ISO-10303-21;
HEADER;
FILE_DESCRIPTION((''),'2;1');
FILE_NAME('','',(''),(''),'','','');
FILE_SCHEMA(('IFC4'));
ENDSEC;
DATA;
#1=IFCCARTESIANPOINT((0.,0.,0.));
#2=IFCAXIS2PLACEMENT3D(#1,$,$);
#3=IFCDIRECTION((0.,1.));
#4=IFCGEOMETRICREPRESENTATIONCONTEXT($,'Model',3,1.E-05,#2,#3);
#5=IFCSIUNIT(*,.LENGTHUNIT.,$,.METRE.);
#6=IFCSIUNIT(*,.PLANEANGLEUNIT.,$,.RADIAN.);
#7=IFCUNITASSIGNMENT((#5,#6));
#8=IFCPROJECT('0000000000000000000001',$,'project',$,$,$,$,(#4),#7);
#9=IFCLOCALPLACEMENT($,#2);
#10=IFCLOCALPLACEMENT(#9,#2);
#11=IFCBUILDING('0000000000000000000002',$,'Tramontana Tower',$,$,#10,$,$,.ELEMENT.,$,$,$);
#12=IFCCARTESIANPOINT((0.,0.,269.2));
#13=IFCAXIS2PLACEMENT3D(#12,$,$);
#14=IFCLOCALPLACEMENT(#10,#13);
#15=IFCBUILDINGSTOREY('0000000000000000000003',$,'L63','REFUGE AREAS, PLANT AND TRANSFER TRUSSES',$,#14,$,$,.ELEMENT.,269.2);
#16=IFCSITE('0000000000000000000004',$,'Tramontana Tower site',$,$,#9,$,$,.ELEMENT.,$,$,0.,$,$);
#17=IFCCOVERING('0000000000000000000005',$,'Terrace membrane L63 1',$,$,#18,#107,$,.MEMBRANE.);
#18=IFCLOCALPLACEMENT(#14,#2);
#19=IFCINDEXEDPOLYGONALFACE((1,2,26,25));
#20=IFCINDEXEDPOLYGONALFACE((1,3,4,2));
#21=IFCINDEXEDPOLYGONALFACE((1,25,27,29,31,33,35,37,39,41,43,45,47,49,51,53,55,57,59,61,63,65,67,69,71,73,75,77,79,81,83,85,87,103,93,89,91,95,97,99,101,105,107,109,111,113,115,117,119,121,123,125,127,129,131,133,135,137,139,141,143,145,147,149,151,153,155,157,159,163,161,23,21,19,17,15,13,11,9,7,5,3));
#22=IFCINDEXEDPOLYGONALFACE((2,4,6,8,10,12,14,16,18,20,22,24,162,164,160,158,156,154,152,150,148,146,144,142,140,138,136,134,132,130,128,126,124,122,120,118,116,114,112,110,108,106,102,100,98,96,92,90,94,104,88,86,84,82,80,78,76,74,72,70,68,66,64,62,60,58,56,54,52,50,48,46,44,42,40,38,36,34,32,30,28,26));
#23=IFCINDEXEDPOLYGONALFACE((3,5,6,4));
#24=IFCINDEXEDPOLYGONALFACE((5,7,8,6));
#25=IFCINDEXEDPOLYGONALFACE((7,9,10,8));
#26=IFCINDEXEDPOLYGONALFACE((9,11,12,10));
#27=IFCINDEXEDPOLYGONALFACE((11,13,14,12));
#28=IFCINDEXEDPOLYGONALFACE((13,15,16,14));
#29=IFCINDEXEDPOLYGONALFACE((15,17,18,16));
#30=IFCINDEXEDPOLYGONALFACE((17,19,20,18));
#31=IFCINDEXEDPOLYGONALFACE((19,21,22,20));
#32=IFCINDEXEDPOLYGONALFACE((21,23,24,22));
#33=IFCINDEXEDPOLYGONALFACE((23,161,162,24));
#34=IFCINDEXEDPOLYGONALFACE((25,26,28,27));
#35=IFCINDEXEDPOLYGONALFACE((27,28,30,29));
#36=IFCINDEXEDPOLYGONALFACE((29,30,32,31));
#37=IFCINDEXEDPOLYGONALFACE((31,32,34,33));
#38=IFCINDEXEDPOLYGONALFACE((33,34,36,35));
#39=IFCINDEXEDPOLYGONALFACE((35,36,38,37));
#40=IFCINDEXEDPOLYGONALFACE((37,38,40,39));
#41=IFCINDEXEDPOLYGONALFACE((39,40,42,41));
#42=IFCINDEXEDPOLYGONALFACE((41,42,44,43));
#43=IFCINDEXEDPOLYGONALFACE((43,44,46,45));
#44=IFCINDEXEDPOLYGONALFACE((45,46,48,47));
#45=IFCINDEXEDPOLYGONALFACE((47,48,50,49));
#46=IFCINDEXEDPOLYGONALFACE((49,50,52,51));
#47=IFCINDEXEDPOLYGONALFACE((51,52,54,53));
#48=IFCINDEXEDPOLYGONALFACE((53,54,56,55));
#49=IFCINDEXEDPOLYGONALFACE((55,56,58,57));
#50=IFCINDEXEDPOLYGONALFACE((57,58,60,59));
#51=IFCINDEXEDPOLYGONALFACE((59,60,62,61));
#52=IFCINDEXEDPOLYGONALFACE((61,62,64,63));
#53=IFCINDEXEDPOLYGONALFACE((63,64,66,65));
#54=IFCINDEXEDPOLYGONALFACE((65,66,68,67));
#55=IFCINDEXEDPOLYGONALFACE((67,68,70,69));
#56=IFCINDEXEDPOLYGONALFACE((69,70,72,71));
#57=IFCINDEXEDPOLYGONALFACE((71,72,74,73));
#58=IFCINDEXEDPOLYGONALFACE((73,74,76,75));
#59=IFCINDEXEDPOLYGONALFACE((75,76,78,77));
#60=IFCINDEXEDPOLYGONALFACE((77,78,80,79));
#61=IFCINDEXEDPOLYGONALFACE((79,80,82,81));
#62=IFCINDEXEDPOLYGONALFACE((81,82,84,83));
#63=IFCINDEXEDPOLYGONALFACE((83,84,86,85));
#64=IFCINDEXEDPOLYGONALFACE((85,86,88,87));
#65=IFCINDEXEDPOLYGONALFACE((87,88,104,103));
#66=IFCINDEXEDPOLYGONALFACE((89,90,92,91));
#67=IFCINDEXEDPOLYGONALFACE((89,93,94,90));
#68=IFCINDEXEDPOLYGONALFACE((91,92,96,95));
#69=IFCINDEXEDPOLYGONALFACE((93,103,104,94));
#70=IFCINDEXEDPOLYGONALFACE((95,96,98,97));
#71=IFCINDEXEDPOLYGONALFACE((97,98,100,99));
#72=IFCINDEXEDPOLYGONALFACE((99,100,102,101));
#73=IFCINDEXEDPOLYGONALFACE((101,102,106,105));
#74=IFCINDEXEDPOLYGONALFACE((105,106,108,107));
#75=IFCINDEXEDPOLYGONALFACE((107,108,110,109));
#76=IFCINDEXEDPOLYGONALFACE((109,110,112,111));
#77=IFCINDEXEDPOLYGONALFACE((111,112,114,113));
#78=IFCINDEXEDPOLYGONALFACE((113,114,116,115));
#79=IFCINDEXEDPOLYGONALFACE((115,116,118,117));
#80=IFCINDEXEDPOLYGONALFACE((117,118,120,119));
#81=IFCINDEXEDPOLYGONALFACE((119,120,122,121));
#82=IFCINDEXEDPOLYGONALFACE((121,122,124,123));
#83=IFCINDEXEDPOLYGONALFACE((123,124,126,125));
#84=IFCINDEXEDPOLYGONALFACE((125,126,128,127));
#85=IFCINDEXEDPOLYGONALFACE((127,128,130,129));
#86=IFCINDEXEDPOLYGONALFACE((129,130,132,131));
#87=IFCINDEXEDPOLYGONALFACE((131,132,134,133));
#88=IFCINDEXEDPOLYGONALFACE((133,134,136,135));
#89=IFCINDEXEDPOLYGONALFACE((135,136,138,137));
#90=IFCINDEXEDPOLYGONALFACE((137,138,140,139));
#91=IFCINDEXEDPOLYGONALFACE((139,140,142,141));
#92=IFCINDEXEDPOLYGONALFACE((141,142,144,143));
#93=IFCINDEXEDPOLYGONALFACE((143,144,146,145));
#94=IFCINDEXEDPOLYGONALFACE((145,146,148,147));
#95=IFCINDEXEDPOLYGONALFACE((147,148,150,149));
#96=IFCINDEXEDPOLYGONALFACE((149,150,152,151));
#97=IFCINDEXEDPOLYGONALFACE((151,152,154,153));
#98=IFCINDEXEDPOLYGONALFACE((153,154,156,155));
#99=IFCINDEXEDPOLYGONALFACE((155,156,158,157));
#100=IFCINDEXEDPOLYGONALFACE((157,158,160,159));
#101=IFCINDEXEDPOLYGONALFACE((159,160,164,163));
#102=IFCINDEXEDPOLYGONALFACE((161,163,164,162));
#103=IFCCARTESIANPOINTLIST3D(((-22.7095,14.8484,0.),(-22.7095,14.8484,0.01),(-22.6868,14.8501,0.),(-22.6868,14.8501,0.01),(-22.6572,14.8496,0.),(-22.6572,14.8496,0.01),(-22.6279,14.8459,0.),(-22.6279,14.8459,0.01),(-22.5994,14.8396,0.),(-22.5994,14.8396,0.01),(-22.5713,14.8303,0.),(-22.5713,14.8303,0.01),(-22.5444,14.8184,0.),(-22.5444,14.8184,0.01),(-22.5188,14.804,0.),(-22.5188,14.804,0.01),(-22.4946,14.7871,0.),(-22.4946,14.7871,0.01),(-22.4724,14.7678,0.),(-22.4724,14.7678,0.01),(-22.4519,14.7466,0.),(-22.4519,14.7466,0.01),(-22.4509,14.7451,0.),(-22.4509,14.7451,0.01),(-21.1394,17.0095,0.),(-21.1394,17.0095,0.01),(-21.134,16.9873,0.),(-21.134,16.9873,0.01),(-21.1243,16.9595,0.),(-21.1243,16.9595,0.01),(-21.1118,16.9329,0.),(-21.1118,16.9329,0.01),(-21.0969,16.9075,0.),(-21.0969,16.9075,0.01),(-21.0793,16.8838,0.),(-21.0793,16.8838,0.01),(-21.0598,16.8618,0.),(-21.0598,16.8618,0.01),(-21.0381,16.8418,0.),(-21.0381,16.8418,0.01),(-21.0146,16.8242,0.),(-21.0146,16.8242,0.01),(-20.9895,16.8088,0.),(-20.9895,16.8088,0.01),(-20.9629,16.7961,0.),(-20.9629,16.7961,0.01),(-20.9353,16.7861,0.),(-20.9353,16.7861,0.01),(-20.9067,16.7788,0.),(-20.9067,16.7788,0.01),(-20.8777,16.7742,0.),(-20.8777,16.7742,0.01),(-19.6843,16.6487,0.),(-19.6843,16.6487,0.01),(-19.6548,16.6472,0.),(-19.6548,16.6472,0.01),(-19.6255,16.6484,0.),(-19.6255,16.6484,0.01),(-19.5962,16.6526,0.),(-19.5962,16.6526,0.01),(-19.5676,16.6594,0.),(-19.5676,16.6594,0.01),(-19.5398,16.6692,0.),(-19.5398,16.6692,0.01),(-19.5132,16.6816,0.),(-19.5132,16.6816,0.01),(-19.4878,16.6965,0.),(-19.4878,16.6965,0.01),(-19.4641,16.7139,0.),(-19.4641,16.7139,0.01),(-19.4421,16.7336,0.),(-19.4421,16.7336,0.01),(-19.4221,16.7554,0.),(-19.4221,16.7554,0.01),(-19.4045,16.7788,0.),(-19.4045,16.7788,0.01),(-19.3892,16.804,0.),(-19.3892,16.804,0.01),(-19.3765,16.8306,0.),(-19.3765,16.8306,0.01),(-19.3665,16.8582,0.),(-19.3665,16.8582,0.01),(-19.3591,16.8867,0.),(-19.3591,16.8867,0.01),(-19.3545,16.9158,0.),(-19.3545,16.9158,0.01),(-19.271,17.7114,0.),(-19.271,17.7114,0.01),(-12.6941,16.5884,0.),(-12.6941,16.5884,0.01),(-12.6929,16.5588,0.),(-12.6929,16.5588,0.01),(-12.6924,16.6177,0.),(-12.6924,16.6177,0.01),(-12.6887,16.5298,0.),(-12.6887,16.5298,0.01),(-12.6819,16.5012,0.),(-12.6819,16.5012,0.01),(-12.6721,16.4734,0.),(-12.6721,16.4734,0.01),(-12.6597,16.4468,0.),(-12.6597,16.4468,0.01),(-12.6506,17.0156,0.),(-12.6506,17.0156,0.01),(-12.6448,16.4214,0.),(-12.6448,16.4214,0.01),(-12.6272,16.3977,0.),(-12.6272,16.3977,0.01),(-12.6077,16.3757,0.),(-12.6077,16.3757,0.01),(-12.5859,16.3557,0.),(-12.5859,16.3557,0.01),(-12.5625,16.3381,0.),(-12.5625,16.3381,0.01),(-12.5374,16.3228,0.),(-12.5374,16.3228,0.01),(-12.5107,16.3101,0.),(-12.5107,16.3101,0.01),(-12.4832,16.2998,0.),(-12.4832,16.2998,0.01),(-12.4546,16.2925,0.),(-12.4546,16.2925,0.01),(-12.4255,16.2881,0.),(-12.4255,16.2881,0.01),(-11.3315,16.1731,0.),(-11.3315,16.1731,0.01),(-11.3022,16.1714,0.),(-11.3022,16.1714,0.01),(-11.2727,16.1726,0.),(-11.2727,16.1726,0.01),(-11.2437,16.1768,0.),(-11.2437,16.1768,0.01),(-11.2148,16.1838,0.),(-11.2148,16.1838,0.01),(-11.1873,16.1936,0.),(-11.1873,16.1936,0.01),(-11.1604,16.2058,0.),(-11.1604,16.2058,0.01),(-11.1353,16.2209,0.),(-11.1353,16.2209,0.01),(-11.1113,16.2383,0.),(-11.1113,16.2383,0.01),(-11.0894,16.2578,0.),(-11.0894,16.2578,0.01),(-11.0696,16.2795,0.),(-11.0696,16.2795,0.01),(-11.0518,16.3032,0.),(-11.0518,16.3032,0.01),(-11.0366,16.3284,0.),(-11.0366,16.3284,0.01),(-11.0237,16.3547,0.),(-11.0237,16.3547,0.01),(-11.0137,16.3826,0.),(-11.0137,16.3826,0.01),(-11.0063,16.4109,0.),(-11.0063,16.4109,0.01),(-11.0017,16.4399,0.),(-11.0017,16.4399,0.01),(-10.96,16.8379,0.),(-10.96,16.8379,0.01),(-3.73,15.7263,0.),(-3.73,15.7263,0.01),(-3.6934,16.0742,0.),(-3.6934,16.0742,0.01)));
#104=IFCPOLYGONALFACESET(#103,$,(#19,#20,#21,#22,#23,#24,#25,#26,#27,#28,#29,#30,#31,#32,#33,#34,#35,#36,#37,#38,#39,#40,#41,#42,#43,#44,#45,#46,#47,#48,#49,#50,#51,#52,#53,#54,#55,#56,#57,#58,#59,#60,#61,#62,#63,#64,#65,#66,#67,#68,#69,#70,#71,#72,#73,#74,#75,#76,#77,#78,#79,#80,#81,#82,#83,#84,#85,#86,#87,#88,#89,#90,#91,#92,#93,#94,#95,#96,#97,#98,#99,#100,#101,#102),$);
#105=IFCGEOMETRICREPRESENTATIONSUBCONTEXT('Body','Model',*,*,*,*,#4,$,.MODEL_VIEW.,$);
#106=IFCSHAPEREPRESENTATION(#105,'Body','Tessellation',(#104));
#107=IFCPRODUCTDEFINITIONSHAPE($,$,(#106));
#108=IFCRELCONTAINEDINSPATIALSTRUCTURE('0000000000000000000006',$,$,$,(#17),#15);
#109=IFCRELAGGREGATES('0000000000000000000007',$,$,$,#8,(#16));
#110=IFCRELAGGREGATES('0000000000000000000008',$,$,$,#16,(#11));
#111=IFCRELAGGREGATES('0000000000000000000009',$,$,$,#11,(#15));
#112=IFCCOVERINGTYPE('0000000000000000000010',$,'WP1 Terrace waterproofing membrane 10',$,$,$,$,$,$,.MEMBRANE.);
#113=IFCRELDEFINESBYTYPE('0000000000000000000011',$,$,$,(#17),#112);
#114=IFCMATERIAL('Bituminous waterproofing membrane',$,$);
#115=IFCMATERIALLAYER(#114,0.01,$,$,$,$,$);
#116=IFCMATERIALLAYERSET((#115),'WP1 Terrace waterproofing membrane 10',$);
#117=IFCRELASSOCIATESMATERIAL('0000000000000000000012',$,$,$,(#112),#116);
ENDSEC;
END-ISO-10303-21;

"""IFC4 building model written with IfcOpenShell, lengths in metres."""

from ifc_helpers import new_model, si_unit, direction, frame, origin, place, context, subcontext, project, spatial, polyline, outline, extrude, material, layer, layer_set, type_object, element, save


model = new_model("IFC4")

# Units and contexts
model_context = context("Model", 3, precision=1e-05, world=origin(), true_north=direction((0.0, 1.0)))
body_context = subcontext(model_context, "Body", "Model", "MODEL_VIEW")
ifc_project = project(units=[si_unit("LENGTHUNIT", "METRE"), si_unit("PLANEANGLEUNIT", "RADIAN")], contexts=[model_context])

# Site, building, storey
site_placement = place(None, origin())
site = spatial("IfcSite", under=ifc_project, at=site_placement, Name="Tramontana Tower site", CompositionType="ELEMENT", RefElevation=0.0)
building_placement = place(site_placement, origin())
building = spatial("IfcBuilding", under=site, at=building_placement, Name="Tramontana Tower", CompositionType="ELEMENT")
storey_placement = place(building_placement, frame((0.0, 0.0, 269.2)))
storey = spatial("IfcBuildingStorey", under=building, at=storey_placement, Name="L63", Description="REFUGE AREAS, PLANT AND TRANSFER TRUSSES", CompositionType="ELEMENT", Elevation=269.2)

# Covering
ifc_material_1 = material(Name="Bituminous waterproofing membrane")
ifc_layer_1 = layer(ifc_material_1, 0.01)
ifc_layer_set_1 = layer_set([ifc_layer_1], Name="WP1 Terrace waterproofing membrane 10")
covering_type_1 = type_object("IfcCoveringType", Name="WP1 Terrace waterproofing membrane 10", PredefinedType="MEMBRANE", material=ifc_layer_set_1)
covering_1_placement = place(storey_placement, origin())
element("IfcCovering", 1, at=covering_1_placement, inside=storey, type_object=covering_type_1, Name="Terrace membrane L63 1", PredefinedType="MEMBRANE", context=body_context, shape_type="SweptSolid", body=[
    extrude(outline(polyline([(-21.1394, 17.0095), (-21.134, 16.9873), (-21.1243, 16.9595), (-21.1118, 16.9329), (-21.0969, 16.9075), (-21.0793, 16.8838), (-21.0598, 16.8618), (-21.0381, 16.8418), (-21.0146, 16.8242), (-20.9895, 16.8088), (-20.9629, 16.7961), (-20.9353, 16.7861), (-20.9067, 16.7788), (-20.8777, 16.7742), (-19.6843, 16.6487), (-19.6548, 16.6472), (-19.6255, 16.6484), (-19.5962, 16.6526), (-19.5676, 16.6594), (-19.5398, 16.6692), (-19.5132, 16.6816), (-19.4878, 16.6965), (-19.4641, 16.7139), (-19.4421, 16.7336), (-19.4221, 16.7554), (-19.4045, 16.7788), (-19.3892, 16.804), (-19.3765, 16.8306), (-19.3665, 16.8582), (-19.3591, 16.8867), (-19.3545, 16.9158), (-19.271, 17.7114), (-12.6506, 17.0156), (-12.6924, 16.6177), (-12.6941, 16.5884), (-12.6929, 16.5588), (-12.6887, 16.5298), (-12.6819, 16.5012), (-12.6721, 16.4734), (-12.6597, 16.4468), (-12.6448, 16.4214), (-12.6272, 16.3977), (-12.6077, 16.3757), (-12.5859, 16.3557), (-12.5625, 16.3381), (-12.5374, 16.3228), (-12.5107, 16.3101), (-12.4832, 16.2998), (-12.4546, 16.2925), (-12.4255, 16.2881), (-11.3315, 16.1731), (-11.3022, 16.1714), (-11.2727, 16.1726), (-11.2437, 16.1768), (-11.2148, 16.1838), (-11.1873, 16.1936), (-11.1604, 16.2058), (-11.1353, 16.2209), (-11.1113, 16.2383), (-11.0894, 16.2578), (-11.0696, 16.2795), (-11.0518, 16.3032), (-11.0366, 16.3284), (-11.0237, 16.3547), (-11.0137, 16.3826), (-11.0063, 16.4109), (-11.0017, 16.4399), (-10.96, 16.8379), (-3.6934, 16.0742), (-3.73, 15.7263), (-22.4509, 14.7451), (-22.4519, 14.7466), (-22.4724, 14.7678), (-22.4946, 14.7871), (-22.5188, 14.804), (-22.5444, 14.8184), (-22.5713, 14.8303), (-22.5994, 14.8396), (-22.6279, 14.8459), (-22.6572, 14.8496), (-22.6868, 14.8501), (-22.7095, 14.8484), (-21.1394, 17.0095)])), origin(), (0.0, 0.0, 1.0), 0.01),
])

save(model, "model.ifc")
